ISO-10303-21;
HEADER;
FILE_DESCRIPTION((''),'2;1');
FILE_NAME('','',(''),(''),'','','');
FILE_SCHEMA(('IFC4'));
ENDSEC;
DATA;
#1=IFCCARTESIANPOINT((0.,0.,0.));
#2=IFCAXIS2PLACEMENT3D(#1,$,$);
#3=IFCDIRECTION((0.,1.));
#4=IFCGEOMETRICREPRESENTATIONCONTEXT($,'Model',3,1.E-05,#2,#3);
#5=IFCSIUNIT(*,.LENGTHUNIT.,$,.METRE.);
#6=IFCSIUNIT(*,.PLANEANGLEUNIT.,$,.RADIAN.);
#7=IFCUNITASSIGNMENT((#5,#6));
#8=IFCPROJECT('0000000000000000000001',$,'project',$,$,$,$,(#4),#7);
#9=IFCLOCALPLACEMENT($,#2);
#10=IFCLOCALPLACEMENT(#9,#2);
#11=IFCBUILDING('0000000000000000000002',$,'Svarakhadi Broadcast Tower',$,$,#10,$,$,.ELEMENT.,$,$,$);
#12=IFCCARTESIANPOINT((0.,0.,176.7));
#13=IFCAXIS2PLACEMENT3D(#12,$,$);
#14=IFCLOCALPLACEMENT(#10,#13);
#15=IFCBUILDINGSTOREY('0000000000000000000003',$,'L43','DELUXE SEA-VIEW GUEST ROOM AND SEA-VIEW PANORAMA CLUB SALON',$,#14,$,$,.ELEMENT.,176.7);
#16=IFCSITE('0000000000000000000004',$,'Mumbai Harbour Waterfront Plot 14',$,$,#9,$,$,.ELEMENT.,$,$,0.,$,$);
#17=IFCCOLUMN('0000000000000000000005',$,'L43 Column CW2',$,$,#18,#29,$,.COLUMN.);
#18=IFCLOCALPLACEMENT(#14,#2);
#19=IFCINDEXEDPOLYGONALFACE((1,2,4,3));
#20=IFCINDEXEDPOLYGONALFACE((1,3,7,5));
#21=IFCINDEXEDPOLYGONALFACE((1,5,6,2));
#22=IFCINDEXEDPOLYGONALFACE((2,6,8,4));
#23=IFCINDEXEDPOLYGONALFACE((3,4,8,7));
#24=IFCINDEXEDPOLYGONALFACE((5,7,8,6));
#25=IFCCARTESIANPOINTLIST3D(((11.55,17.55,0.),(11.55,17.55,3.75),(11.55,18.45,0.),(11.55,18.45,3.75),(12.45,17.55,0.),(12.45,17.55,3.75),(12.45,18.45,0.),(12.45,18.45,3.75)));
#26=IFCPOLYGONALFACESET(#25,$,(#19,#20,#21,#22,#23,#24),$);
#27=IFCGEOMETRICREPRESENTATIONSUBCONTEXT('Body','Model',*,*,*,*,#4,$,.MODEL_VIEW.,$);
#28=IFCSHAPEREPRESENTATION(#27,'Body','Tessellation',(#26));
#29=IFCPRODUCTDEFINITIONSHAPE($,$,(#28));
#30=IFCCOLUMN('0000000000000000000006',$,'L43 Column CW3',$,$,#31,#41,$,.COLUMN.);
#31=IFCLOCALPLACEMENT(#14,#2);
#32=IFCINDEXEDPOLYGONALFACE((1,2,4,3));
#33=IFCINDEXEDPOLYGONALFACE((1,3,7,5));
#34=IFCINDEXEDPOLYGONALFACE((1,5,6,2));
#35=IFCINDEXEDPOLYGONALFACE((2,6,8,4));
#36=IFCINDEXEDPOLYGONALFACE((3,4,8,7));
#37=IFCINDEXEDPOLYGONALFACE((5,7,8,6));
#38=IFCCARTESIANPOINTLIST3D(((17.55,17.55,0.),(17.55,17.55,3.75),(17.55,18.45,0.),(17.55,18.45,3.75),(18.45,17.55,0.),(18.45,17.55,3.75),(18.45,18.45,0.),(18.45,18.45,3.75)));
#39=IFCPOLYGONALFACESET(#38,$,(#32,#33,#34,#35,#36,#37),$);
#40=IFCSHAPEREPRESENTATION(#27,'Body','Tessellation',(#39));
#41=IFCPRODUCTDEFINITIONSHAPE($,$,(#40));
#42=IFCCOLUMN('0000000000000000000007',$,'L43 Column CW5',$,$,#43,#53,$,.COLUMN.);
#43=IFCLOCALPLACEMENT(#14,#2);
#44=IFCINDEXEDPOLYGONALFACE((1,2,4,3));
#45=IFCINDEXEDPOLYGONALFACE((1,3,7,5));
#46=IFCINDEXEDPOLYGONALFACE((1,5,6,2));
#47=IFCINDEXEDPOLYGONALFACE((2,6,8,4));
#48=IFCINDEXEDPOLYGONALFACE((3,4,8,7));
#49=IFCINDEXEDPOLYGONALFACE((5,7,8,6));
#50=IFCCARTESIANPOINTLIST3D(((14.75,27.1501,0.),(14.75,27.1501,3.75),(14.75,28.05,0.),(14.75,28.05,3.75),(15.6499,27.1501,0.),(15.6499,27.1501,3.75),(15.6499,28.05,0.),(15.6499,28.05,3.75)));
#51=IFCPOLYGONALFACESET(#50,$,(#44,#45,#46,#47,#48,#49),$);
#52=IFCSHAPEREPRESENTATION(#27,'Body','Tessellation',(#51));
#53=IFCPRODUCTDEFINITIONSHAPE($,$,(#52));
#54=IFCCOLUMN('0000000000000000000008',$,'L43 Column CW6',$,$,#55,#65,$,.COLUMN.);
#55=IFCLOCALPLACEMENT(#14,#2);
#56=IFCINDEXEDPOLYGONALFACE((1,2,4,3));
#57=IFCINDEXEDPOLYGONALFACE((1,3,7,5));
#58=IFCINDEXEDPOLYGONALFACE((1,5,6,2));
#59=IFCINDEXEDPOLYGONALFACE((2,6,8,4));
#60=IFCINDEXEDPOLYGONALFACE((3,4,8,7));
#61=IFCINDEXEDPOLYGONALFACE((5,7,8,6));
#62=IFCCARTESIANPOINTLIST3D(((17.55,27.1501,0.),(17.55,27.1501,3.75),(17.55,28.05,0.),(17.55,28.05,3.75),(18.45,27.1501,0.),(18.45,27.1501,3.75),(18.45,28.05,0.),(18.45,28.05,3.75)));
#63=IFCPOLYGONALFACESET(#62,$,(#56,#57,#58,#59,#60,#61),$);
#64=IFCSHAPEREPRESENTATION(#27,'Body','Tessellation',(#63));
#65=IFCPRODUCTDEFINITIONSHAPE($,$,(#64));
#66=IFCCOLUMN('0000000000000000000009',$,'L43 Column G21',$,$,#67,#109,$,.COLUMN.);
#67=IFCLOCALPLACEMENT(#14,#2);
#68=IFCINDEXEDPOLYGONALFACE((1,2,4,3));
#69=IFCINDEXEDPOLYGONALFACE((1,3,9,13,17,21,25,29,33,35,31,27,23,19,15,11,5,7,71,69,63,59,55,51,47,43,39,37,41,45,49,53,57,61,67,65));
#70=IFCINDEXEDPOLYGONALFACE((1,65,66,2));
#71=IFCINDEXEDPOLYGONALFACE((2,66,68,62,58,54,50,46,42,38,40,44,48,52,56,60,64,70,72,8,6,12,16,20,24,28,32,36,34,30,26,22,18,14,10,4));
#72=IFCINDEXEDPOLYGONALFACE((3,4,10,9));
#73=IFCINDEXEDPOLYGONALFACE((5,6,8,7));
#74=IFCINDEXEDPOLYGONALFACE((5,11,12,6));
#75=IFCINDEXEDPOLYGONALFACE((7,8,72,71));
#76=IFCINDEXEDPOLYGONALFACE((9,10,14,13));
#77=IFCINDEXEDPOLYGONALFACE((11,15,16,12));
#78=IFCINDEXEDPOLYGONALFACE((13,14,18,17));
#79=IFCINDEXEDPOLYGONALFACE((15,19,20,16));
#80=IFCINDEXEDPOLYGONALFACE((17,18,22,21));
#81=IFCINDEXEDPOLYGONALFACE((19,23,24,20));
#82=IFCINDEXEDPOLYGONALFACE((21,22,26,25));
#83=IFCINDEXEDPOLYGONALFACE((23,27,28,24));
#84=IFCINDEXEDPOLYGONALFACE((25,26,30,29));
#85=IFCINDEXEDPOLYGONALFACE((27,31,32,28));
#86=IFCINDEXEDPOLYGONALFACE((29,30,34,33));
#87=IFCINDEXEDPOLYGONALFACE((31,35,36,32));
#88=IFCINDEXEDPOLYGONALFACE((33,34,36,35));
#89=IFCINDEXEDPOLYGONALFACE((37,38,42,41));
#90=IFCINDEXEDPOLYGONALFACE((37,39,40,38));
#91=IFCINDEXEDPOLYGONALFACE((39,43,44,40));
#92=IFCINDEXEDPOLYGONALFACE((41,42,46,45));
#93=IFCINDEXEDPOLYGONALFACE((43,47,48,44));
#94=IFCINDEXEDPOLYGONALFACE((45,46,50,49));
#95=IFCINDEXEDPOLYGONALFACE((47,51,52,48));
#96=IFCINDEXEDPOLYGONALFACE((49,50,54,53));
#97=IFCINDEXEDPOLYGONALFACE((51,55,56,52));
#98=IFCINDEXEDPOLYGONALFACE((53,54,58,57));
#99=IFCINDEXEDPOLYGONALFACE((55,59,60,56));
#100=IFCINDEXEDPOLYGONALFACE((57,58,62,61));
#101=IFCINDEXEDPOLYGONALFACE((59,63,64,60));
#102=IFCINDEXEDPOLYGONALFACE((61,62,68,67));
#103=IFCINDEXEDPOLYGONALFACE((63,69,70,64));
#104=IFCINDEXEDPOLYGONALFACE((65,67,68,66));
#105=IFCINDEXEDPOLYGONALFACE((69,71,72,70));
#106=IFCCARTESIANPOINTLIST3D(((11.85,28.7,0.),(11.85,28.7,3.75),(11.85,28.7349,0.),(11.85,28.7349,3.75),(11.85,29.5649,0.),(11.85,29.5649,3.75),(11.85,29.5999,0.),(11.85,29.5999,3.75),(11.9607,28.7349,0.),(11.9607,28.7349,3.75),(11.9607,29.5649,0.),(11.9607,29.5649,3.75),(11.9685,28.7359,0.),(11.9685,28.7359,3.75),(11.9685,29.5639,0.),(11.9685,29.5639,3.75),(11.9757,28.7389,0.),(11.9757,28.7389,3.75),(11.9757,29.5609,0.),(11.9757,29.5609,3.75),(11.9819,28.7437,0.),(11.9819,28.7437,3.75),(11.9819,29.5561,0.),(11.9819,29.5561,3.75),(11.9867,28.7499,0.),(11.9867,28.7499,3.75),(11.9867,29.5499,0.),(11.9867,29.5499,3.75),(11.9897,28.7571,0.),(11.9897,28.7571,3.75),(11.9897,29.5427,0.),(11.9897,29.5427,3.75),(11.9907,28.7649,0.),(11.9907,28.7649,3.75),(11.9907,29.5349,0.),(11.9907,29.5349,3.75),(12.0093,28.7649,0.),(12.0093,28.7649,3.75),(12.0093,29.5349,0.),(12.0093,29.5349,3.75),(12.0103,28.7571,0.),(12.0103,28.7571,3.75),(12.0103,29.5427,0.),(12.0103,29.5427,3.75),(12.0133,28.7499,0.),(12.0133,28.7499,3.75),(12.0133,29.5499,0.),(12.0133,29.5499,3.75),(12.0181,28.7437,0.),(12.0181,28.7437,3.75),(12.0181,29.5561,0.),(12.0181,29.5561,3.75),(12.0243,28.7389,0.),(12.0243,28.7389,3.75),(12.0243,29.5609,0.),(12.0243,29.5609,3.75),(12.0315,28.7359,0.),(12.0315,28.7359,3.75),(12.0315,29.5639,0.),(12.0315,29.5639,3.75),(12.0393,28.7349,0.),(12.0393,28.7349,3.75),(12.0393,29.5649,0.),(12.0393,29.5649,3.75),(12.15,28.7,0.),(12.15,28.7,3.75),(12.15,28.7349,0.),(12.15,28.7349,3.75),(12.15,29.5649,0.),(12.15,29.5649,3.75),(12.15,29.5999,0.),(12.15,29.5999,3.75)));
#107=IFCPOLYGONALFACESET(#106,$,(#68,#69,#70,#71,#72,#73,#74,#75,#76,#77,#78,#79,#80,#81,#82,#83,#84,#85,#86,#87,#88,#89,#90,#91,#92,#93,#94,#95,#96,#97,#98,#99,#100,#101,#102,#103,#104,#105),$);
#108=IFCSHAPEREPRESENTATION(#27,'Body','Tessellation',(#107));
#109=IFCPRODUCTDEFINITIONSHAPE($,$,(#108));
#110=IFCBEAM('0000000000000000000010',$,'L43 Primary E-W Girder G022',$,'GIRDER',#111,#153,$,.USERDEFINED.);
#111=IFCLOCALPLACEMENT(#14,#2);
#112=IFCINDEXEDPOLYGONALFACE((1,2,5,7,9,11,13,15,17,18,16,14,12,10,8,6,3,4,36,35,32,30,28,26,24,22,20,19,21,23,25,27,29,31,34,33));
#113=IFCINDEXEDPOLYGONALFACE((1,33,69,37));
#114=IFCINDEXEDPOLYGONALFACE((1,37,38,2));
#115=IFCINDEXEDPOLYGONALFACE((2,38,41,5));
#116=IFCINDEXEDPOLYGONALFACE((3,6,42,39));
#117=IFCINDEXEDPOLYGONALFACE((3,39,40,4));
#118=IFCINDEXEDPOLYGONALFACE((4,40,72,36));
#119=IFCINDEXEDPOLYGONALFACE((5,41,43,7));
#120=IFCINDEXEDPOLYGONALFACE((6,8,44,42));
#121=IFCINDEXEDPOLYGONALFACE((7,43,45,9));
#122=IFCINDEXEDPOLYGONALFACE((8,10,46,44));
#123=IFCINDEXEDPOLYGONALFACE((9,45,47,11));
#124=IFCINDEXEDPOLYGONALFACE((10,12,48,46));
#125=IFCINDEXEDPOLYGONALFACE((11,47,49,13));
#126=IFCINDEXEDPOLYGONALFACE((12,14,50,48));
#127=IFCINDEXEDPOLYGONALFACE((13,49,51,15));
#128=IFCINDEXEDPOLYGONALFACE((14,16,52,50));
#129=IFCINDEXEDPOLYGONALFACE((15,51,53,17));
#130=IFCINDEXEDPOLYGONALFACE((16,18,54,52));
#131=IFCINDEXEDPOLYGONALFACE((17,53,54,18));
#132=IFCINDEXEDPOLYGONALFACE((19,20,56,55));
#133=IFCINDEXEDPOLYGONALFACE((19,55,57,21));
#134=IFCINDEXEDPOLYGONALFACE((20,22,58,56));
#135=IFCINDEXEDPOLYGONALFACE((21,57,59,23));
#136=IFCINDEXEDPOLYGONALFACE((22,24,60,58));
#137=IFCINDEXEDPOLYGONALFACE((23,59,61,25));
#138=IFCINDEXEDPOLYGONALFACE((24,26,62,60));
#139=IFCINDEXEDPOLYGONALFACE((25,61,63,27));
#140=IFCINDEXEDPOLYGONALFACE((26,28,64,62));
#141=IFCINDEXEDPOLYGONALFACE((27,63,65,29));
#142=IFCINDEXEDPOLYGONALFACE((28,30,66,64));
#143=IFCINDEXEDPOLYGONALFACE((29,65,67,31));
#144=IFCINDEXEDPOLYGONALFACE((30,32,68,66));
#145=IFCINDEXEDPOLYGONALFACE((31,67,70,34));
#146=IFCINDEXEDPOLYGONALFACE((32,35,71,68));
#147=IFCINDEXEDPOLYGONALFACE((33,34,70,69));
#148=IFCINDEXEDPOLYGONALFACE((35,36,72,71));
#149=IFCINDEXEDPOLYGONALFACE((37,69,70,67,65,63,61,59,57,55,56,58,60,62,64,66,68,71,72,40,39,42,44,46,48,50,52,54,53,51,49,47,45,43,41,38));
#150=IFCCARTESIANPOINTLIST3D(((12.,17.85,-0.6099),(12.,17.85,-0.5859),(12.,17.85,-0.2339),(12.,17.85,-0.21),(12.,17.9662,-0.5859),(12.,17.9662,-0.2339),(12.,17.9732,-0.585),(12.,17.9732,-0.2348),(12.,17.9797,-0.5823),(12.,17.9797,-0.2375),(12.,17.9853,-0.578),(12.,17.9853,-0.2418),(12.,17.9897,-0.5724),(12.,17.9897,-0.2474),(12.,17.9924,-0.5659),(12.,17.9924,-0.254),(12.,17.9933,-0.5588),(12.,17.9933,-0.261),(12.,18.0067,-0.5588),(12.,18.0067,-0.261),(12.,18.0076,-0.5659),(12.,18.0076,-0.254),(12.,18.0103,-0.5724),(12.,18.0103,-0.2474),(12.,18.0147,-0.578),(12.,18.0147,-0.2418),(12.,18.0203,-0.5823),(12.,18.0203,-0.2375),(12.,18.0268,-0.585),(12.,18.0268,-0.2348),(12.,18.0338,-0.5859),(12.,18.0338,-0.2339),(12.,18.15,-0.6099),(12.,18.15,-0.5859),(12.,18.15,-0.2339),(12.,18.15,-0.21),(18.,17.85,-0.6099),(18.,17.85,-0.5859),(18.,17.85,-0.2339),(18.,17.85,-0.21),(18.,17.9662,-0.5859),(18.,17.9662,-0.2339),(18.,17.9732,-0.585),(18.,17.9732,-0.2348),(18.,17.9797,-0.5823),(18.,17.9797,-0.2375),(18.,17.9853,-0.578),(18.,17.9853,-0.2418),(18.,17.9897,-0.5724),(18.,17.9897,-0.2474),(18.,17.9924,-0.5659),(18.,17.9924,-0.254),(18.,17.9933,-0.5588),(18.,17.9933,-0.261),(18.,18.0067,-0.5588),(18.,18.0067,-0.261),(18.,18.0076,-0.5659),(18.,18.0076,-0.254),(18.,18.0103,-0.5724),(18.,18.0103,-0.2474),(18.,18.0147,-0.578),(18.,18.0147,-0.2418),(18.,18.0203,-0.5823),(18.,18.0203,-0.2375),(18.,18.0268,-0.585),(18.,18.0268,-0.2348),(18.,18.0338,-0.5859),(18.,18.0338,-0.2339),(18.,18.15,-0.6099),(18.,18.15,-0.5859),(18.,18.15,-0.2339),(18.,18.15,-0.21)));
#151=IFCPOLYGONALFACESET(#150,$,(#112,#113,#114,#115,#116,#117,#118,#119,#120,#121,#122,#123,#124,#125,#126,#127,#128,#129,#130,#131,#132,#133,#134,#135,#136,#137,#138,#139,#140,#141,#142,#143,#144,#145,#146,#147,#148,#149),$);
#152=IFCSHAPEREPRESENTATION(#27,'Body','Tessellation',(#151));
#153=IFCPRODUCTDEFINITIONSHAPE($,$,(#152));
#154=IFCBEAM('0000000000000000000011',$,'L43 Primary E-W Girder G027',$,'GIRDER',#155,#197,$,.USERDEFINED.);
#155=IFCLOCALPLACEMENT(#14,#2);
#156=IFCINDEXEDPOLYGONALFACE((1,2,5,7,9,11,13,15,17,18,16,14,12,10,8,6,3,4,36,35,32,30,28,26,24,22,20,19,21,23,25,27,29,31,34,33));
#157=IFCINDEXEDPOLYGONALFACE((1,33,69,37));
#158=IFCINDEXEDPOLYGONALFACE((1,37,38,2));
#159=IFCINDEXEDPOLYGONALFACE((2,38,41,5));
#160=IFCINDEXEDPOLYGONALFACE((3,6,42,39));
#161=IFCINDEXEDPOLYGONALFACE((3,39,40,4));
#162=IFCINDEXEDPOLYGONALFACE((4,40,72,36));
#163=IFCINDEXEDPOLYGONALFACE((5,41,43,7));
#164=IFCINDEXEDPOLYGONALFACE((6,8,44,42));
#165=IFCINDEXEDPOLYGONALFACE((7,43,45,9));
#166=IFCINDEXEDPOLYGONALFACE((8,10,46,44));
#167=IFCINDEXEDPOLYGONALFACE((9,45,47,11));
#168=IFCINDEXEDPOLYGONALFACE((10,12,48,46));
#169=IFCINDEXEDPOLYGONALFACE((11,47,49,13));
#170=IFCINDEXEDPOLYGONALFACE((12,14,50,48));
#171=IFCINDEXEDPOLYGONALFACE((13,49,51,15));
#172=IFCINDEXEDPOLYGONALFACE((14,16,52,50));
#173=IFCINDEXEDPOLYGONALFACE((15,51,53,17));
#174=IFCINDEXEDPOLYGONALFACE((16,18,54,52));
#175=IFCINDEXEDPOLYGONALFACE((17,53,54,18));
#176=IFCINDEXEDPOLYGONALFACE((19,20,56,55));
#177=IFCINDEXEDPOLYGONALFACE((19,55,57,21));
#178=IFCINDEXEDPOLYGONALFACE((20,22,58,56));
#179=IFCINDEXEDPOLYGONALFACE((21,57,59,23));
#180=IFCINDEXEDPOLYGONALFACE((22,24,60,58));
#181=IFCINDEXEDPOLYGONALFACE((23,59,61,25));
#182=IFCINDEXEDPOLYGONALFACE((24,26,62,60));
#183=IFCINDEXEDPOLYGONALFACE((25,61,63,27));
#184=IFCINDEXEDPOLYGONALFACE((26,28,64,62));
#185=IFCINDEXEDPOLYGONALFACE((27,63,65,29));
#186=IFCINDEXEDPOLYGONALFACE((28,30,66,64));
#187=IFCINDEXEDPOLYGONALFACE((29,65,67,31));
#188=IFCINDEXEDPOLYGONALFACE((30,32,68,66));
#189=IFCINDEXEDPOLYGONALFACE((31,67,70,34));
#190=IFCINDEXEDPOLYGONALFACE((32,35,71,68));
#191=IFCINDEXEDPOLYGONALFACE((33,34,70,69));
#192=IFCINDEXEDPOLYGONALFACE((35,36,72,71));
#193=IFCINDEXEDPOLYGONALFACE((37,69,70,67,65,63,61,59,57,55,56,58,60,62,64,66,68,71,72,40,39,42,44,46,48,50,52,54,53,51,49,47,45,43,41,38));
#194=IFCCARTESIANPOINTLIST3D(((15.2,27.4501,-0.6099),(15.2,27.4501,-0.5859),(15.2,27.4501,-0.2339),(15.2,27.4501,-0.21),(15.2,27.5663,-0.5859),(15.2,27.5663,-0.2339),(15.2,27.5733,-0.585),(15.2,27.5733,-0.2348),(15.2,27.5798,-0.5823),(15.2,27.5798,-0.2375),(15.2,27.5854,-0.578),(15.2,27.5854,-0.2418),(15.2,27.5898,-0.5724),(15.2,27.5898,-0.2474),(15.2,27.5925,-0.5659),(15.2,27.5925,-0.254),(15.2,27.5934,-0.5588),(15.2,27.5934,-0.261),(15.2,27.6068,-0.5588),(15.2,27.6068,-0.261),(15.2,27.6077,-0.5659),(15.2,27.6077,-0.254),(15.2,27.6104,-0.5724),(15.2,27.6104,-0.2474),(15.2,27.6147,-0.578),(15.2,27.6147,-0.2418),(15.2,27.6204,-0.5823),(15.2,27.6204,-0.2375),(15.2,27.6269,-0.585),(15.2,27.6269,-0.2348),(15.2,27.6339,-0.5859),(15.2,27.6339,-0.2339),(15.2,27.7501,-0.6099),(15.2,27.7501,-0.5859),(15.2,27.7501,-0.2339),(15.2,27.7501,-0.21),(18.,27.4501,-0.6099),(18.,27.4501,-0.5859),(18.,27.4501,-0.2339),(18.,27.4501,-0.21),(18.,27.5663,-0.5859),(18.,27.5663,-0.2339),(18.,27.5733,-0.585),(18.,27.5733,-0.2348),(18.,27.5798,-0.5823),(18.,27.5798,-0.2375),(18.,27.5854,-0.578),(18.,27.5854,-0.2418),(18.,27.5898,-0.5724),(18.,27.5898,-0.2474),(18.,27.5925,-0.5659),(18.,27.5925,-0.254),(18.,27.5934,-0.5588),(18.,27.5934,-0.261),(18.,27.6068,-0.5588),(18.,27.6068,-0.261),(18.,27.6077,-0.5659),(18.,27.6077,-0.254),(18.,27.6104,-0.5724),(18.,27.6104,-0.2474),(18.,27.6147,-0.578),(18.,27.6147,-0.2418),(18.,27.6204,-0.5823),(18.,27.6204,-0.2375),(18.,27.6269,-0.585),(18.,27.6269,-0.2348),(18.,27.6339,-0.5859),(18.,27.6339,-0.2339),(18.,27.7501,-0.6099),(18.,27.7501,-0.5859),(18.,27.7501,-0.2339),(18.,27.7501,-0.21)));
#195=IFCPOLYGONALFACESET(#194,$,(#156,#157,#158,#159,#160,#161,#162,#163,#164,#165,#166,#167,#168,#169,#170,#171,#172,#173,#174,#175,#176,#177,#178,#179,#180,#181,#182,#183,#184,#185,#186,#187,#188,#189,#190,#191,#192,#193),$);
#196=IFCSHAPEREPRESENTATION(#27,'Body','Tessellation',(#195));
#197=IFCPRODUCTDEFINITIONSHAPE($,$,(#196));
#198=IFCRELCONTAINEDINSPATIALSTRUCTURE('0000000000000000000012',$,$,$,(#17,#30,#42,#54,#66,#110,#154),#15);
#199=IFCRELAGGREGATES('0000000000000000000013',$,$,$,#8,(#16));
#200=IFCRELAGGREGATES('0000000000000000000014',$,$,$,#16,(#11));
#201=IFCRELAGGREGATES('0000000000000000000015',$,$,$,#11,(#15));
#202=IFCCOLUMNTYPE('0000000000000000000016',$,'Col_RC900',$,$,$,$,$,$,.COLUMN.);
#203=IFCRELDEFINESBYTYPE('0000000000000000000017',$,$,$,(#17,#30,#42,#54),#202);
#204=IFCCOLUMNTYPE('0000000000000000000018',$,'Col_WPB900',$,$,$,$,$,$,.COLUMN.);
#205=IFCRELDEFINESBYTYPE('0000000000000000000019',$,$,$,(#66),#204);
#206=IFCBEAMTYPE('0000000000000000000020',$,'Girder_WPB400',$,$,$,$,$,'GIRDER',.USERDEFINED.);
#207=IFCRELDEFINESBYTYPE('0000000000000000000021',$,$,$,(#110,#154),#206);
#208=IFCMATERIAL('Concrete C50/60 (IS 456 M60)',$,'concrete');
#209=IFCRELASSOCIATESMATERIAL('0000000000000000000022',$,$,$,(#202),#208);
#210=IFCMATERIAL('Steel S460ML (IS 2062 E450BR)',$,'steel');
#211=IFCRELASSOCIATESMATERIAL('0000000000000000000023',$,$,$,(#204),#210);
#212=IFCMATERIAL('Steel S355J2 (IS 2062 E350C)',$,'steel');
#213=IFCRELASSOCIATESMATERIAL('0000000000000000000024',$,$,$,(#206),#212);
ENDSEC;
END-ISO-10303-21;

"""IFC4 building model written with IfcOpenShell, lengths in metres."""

from ifc_helpers import new_model, si_unit, direction, frame, origin, origin_2d, place, context, subcontext, project, spatial, rectangle, i_section, extrude, material, material_profile, profile_set, type_object, element, save


model = new_model("IFC4")

# Units and contexts
model_context = context("Model", 3, precision=1e-05, world=origin(), true_north=direction((0.0, 1.0)))
body_context = subcontext(model_context, "Body", "Model", "MODEL_VIEW")
ifc_project = project(units=[si_unit("LENGTHUNIT", "METRE"), si_unit("PLANEANGLEUNIT", "RADIAN")], contexts=[model_context])

# Site, building, storey
site_placement = place(None, origin())
site = spatial("IfcSite", under=ifc_project, at=site_placement, Name="Mumbai Harbour Waterfront Plot 14", CompositionType="ELEMENT", RefElevation=0.0)
building_placement = place(site_placement, origin())
building = spatial("IfcBuilding", under=site, at=building_placement, Name="Svarakhadi Broadcast Tower", CompositionType="ELEMENT")
storey_placement = place(building_placement, frame((0.0, 0.0, 176.7)))
storey = spatial("IfcBuildingStorey", under=building, at=storey_placement, Name="L43", Description="DELUXE SEA-VIEW GUEST ROOM AND SEA-VIEW PANORAMA CLUB SALON", CompositionType="ELEMENT", Elevation=176.7)

# Columns
ifc_material_1 = material(Name="Concrete C50/60 (IS 456 M60)", Category="concrete")
ifc_material_profile_1 = material_profile(ifc_material_1, rectangle(XDim=0.8999, YDim=0.8999, at=origin_2d()), Name="RC 900x900")
ifc_profile_set_1 = profile_set([ifc_material_profile_1], Name="Concrete C50/60 (IS 456 M60)")
column_type_1 = type_object("IfcColumnType", Name="Col_RC900", PredefinedType="COLUMN", material=ifc_profile_set_1)
for number, where, z_axis, x_axis, name in (
    (1, (12.0, 18.0, 0.0), (0.0, 0.0, 1.0), (1.0, 0.0, 0.0), "L43 Column CW2"),
    (2, (18.0, 18.0, 0.0), (0.0, 0.0, 1.0), (1.0, 0.0, 0.0), "L43 Column CW3"),
    (3, (15.2, 27.6001, 0.0), (0.0, 0.0, 1.0), (1.0, 0.0, 0.0), "L43 Column CW5"),
    (4, (18.0, 27.6001, 0.0), (0.0, 0.0, 1.0), (1.0, 0.0, 0.0), "L43 Column CW6"),
):
    element("IfcColumn", number, at=place(storey_placement, frame(where, z_axis=z_axis, x_axis=x_axis)), inside=storey, type_object=column_type_1, Name=name, PredefinedType="COLUMN", context=body_context, shape_type="SweptSolid", body=[
        extrude(rectangle(XDim=0.8999, YDim=0.8999, at=origin_2d()), origin(), (0.0, 0.0, 1.0), 3.75),
    ])
ifc_material_2 = material(Name="Steel S460ML (IS 2062 E450BR)", Category="steel")
ifc_material_profile_2 = material_profile(ifc_material_2, i_section(OverallWidth=0.3, OverallDepth=0.8999, WebThickness=0.0186, FlangeThickness=0.0349, FilletRadius=0.03, at=origin_2d()), Name="WPB 900x300x291")
ifc_profile_set_2 = profile_set([ifc_material_profile_2], Name="Steel S460ML (IS 2062 E450BR)")
column_type_2 = type_object("IfcColumnType", Name="Col_WPB900", PredefinedType="COLUMN", material=ifc_profile_set_2)
column_placement = place(storey_placement, frame((12.0, 29.1499, 0.0), z_axis=(0.0, 0.0, 1.0), x_axis=(1.0, 0.0, 0.0)))
element("IfcColumn", 5, at=column_placement, inside=storey, type_object=column_type_2, Name="L43 Column G21", PredefinedType="COLUMN", context=body_context, shape_type="SweptSolid", body=[
    extrude(i_section(OverallWidth=0.3, OverallDepth=0.8999, WebThickness=0.0186, FlangeThickness=0.0349, FilletRadius=0.03, at=origin_2d()), origin(), (0.0, 0.0, 1.0), 3.75),
])

# Beams
ifc_material_3 = material(Name="Steel S355J2 (IS 2062 E350C)", Category="steel")
ifc_material_profile_3 = material_profile(ifc_material_3, i_section(OverallWidth=0.3, OverallDepth=0.3999, WebThickness=0.0134, FlangeThickness=0.0239, FilletRadius=0.0271, at=origin_2d()), Name="WPB 400x300x155")
ifc_profile_set_3 = profile_set([ifc_material_profile_3], Name="Steel S355J2 (IS 2062 E350C)")
beam_type = type_object("IfcBeamType", Name="Girder_WPB400", ElementType="GIRDER", PredefinedType="USERDEFINED", material=ifc_profile_set_3)
beam_1_placement = place(storey_placement, frame((12.0, 18.0, -0.4099), z_axis=(1.0, 0.0, 0.0), x_axis=(0.0, 1.0, 0.0)))
element("IfcBeam", 6, at=beam_1_placement, inside=storey, type_object=beam_type, Name="L43 Primary E-W Girder G022", ObjectType="GIRDER", PredefinedType="USERDEFINED", context=body_context, shape_type="SweptSolid", body=[
    extrude(i_section(OverallWidth=0.3, OverallDepth=0.3999, WebThickness=0.0134, FlangeThickness=0.0239, FilletRadius=0.0271, at=origin_2d()), origin(), (0.0, 0.0, 1.0), 6.0),
])
beam_2_placement = place(storey_placement, frame((15.2, 27.6001, -0.4099), z_axis=(1.0, 0.0, 0.0), x_axis=(0.0, 1.0, 0.0)))
element("IfcBeam", 7, at=beam_2_placement, inside=storey, type_object=beam_type, Name="L43 Primary E-W Girder G027", ObjectType="GIRDER", PredefinedType="USERDEFINED", context=body_context, shape_type="SweptSolid", body=[
    extrude(i_section(OverallWidth=0.3, OverallDepth=0.3999, WebThickness=0.0134, FlangeThickness=0.0239, FilletRadius=0.0271, at=origin_2d()), origin(), (0.0, 0.0, 1.0), 2.8),
])

save(model, "model.ifc")
